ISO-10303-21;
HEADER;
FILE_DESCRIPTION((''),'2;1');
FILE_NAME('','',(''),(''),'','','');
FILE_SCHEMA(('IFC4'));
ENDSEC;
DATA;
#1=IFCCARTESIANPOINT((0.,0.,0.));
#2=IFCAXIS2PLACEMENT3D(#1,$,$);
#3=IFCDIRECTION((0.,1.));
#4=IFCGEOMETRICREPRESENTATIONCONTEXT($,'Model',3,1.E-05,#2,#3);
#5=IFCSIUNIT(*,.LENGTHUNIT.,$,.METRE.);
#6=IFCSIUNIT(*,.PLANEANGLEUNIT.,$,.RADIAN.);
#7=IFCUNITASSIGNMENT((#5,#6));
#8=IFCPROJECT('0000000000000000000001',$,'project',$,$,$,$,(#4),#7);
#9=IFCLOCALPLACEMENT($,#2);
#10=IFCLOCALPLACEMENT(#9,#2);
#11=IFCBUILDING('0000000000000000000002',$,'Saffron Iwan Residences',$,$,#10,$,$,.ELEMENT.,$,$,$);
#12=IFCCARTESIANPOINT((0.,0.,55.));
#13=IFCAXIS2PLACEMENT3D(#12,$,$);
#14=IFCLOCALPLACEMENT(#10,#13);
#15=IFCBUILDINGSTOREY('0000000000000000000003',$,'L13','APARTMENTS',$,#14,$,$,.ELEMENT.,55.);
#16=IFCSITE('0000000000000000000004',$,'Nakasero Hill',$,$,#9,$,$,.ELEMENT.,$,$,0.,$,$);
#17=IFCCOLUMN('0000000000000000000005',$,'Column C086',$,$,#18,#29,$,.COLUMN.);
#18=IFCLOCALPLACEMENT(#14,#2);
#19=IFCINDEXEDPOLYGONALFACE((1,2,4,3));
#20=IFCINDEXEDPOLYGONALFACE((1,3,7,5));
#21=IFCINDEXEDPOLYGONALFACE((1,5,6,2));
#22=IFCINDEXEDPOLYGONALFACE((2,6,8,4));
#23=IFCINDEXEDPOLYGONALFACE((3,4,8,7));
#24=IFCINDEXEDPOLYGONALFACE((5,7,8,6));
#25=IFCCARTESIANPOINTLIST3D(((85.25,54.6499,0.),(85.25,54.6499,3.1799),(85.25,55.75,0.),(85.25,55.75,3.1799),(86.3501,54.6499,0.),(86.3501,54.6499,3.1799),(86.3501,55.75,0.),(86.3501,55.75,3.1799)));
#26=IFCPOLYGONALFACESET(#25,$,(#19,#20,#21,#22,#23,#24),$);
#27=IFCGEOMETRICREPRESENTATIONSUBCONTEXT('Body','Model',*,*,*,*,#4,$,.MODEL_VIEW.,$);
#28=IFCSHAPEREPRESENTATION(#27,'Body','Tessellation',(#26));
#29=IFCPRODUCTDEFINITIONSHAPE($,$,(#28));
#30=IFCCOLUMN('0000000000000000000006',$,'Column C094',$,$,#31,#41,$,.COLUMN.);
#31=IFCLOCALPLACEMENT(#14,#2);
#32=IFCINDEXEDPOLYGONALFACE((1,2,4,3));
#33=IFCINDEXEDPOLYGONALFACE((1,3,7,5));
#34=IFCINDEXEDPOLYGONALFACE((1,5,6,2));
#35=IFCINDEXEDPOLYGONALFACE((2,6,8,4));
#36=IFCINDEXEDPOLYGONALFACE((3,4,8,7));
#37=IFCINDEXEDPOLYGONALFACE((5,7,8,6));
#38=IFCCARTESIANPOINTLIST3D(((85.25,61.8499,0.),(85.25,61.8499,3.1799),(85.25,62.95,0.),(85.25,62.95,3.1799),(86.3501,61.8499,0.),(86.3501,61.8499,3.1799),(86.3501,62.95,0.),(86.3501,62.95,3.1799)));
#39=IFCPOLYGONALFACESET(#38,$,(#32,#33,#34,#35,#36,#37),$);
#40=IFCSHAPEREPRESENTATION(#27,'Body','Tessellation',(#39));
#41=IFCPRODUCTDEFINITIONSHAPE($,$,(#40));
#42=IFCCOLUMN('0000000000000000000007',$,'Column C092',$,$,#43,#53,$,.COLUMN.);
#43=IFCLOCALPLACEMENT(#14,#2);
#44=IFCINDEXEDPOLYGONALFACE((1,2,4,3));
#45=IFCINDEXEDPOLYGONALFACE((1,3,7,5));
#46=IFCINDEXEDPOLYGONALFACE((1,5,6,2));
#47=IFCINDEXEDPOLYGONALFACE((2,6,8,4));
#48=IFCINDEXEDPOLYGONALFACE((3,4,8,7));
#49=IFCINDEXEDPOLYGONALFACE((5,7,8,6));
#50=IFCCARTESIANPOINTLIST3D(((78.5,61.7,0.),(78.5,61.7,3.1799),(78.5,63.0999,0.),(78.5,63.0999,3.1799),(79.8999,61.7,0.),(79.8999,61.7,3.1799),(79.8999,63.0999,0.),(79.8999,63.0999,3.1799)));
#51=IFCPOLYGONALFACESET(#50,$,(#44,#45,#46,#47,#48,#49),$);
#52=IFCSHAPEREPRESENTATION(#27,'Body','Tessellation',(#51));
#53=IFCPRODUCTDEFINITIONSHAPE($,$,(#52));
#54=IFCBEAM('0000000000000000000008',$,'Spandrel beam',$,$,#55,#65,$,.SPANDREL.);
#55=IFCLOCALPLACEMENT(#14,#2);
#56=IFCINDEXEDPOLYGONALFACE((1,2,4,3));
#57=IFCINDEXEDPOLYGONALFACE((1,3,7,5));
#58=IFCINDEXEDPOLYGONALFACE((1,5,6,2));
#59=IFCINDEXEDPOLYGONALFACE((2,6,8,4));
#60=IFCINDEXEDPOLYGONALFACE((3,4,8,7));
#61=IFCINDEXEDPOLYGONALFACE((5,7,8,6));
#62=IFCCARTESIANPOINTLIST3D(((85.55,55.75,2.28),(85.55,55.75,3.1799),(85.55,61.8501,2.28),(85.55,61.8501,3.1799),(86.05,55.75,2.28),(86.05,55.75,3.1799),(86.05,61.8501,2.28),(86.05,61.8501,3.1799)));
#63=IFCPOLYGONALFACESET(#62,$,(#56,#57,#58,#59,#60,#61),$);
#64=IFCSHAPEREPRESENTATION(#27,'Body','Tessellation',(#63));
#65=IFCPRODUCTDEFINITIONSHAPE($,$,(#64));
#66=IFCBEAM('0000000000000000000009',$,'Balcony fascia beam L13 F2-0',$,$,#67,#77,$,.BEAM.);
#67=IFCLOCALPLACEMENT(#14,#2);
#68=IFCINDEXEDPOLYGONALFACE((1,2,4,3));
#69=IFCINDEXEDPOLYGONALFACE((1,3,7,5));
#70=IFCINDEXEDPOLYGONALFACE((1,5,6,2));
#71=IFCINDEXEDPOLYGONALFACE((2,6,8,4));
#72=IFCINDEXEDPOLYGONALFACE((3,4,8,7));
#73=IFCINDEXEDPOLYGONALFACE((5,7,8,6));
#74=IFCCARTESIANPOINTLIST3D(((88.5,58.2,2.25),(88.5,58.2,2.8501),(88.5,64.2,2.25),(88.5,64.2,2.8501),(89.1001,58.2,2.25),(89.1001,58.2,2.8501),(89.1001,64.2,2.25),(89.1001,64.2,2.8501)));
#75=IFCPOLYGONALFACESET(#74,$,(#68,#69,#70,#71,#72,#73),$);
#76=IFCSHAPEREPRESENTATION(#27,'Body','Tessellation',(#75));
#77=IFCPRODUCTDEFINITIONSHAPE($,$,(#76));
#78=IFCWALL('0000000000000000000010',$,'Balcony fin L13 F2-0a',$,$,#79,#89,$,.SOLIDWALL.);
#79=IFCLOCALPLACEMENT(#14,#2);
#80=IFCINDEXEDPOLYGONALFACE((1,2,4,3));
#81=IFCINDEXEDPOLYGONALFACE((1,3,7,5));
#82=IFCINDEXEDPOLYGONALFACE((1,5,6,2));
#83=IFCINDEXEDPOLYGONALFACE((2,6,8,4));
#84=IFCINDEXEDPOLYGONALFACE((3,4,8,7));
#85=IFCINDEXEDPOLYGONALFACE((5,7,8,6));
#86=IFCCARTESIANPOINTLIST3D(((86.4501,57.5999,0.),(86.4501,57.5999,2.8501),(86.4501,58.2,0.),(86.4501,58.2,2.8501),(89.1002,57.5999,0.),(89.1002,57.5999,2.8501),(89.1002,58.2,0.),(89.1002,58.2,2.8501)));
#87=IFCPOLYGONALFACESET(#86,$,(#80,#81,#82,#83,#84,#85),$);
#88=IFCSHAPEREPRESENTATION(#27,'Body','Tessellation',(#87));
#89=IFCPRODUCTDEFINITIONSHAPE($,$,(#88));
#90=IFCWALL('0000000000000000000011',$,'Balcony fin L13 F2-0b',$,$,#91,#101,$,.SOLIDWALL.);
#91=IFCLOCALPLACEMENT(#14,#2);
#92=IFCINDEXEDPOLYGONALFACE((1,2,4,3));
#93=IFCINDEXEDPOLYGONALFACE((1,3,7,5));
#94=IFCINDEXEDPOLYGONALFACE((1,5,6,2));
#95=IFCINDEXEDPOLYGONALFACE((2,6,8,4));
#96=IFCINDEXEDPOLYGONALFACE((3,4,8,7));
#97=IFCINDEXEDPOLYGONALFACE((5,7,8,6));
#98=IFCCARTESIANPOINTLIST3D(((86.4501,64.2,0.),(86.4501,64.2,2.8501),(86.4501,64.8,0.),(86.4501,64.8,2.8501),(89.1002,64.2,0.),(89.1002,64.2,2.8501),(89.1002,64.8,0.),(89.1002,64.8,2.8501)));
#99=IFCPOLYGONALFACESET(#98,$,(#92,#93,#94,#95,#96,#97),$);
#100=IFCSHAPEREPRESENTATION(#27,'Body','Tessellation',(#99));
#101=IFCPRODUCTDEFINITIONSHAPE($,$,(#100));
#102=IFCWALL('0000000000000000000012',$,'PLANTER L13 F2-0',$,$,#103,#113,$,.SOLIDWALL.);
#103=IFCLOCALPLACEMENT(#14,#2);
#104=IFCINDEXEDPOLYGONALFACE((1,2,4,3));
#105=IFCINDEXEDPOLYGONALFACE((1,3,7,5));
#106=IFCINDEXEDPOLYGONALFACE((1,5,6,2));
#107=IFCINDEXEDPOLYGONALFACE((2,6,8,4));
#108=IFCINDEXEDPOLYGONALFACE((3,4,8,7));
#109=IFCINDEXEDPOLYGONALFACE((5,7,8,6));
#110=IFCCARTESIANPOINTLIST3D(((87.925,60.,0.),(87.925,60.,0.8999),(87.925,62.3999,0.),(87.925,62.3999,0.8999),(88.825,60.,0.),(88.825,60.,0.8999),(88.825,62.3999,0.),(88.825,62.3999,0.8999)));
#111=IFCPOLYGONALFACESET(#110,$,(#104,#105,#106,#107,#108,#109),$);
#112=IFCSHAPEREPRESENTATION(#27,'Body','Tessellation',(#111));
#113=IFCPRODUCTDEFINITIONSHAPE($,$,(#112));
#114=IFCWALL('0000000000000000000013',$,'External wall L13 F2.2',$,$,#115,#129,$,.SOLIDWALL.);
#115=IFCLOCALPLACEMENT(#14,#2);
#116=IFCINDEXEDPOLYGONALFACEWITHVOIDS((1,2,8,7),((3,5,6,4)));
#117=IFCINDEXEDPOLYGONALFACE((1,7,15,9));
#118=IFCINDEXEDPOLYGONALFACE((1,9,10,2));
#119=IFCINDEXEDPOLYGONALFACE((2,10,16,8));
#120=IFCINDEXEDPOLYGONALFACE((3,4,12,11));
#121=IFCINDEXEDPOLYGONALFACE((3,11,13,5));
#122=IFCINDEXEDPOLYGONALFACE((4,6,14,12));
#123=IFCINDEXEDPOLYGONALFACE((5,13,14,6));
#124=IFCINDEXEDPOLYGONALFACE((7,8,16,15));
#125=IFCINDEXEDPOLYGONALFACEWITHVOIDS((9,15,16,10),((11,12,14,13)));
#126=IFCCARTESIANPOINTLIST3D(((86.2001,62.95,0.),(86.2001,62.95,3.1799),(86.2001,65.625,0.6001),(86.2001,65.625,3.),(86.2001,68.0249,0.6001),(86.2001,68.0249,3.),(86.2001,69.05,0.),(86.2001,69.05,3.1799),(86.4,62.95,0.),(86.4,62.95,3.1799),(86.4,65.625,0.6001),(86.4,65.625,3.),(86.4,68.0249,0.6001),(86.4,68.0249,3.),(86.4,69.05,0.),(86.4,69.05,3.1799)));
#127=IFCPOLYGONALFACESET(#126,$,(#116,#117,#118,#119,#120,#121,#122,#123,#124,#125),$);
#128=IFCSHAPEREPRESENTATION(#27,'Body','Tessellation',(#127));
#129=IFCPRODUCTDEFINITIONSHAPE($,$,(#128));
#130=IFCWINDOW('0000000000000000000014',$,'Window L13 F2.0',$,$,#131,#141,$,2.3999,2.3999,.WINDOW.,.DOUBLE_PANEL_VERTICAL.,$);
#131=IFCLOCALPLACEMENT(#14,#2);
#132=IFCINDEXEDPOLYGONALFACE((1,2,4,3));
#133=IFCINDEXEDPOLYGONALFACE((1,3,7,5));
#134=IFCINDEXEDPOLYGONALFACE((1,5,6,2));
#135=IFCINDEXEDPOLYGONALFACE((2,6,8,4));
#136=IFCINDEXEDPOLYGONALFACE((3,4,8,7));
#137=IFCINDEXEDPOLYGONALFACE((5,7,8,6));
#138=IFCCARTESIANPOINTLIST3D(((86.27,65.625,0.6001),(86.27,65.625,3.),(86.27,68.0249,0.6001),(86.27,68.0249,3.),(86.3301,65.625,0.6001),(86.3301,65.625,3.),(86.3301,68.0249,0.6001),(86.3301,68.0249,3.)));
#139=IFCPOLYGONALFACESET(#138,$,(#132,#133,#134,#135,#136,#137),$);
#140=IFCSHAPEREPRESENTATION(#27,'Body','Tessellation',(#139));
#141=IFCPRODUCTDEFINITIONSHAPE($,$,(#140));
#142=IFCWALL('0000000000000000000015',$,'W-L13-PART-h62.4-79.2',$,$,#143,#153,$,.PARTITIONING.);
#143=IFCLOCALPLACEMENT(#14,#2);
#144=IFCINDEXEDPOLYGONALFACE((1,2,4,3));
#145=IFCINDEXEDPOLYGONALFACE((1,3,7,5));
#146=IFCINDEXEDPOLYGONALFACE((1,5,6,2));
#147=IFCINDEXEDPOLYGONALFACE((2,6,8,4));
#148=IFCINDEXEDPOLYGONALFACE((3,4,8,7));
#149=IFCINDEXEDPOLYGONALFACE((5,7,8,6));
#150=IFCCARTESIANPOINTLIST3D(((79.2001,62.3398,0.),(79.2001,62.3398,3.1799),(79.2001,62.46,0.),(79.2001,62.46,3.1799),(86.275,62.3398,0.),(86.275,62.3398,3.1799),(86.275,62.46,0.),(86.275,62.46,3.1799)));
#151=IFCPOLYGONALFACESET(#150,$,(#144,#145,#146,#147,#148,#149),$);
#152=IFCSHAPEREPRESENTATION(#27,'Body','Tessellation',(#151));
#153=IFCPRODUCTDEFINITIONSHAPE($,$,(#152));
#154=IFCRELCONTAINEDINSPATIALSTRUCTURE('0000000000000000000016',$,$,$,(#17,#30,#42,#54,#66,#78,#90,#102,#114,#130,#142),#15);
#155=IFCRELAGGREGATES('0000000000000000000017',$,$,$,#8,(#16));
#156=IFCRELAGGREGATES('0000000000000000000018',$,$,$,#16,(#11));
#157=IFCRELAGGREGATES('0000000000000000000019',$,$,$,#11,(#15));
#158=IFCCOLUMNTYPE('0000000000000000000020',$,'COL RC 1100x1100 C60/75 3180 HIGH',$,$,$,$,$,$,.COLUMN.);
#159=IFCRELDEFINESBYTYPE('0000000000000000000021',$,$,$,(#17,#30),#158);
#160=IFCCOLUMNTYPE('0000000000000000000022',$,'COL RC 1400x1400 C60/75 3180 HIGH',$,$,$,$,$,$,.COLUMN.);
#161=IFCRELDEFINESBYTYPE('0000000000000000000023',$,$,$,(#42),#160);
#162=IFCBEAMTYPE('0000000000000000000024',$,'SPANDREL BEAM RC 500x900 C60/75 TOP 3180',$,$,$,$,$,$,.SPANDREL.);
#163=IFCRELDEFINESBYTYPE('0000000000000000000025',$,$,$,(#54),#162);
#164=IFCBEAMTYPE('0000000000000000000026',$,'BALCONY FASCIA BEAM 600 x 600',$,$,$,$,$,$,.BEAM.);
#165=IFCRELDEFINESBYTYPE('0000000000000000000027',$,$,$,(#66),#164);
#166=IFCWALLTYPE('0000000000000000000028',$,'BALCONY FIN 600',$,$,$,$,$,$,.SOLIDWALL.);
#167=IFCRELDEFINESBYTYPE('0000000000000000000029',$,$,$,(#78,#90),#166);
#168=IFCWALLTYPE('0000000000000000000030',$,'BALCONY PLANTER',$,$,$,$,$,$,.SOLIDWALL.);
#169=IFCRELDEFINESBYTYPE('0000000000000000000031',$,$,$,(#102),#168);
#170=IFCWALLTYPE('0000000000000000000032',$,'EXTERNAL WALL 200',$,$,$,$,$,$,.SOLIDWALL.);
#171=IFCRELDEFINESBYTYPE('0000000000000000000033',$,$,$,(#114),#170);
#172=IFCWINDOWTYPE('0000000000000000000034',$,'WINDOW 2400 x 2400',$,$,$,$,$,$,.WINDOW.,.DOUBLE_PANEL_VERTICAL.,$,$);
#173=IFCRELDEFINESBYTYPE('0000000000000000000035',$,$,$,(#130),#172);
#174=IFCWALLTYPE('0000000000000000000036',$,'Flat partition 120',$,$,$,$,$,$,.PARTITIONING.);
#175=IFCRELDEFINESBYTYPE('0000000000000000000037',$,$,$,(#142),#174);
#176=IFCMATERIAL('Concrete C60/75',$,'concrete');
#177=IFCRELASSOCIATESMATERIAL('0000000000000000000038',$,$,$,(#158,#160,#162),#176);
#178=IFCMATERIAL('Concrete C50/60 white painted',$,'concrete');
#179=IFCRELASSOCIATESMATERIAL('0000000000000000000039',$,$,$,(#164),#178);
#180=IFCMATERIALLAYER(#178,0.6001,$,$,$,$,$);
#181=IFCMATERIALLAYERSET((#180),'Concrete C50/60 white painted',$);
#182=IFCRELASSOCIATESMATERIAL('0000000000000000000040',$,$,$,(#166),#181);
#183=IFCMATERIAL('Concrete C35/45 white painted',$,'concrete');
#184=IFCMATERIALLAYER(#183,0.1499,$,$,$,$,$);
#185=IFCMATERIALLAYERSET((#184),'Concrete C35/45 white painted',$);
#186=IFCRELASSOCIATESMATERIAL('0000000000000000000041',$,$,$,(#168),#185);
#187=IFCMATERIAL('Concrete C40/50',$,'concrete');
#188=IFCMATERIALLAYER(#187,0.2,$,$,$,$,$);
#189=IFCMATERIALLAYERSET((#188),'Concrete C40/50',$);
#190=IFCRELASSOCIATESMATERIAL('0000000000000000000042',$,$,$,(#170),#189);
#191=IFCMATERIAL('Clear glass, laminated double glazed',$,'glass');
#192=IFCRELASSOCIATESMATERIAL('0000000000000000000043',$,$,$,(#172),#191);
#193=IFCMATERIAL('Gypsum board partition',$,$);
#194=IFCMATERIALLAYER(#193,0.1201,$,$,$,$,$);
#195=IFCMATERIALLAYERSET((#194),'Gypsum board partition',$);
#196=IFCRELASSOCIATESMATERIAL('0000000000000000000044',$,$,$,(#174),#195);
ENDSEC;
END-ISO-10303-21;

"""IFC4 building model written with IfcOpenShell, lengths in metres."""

from ifc_helpers import new_model, si_unit, direction, frame, frame_2d, origin, origin_2d, place, context, subcontext, project, spatial, rectangle, extrude, source, transform, mapped, material, layer, layer_set, material_profile, profile_set, type_object, element, fill, save


model = new_model("IFC4")

# Units and contexts
model_context = context("Model", 3, precision=1e-05, world=origin(), true_north=direction((0.0, 1.0)))
body_context = subcontext(model_context, "Body", "Model", "MODEL_VIEW")
ifc_project = project(units=[si_unit("LENGTHUNIT", "METRE"), si_unit("PLANEANGLEUNIT", "RADIAN")], contexts=[model_context])

# Site, building, storey
site_placement = place(None, origin())
site = spatial("IfcSite", under=ifc_project, at=site_placement, Name="Nakasero Hill", CompositionType="ELEMENT", RefElevation=0.0)
building_placement = place(site_placement, origin())
building = spatial("IfcBuilding", under=site, at=building_placement, Name="Saffron Iwan Residences", CompositionType="ELEMENT")
storey_placement = place(building_placement, frame((0.0, 0.0, 55.0)))
storey = spatial("IfcBuildingStorey", under=building, at=storey_placement, Name="L13", Description="APARTMENTS", CompositionType="ELEMENT", Elevation=55.0)

# Columns
ifc_material_1 = material(Name="Concrete C60/75", Category="concrete")
ifc_material_profile_1 = material_profile(ifc_material_1, rectangle(XDim=1.1001, YDim=1.1001, at=origin_2d()), Name="RC 1100x1100")
ifc_profile_set_1 = profile_set([ifc_material_profile_1], Name="Concrete C60/75")
column_type_1 = type_object("IfcColumnType", Name="COL RC 1100x1100 C60/75 3180 HIGH", PredefinedType="COLUMN", material=ifc_profile_set_1)
shared_shape_1 = source(origin(), body_context, "Body", "SweptSolid", [
    extrude(rectangle(XDim=1.1001, YDim=1.1001, at=origin_2d()), origin(), (0.0, 0.0, 1.0), 3.1799),
])
for number, where, z_axis, x_axis, name in (
    (1, (85.8, 55.2, 0.0), (0.0, 0.0, 1.0), (1.0, 0.0, 0.0), "Column C086"),
    (2, (85.8, 62.3999, 0.0), (0.0, 0.0, 1.0), (1.0, 0.0, 0.0), "Column C094"),
):
    element("IfcColumn", number, at=place(storey_placement, frame(where, z_axis=z_axis, x_axis=x_axis)), inside=storey, type_object=column_type_1, Name=name, PredefinedType="COLUMN", context=body_context, shape_type="MappedRepresentation", body=[
        mapped(shared_shape_1, transform((0.0, 0.0, 0.0))),
    ])
ifc_material_profile_2 = material_profile(ifc_material_1, rectangle(XDim=1.3999, YDim=1.3999, at=origin_2d()), Name="RC 1400x1400")
ifc_profile_set_2 = profile_set([ifc_material_profile_2], Name="Concrete C60/75")
column_type_2 = type_object("IfcColumnType", Name="COL RC 1400x1400 C60/75 3180 HIGH", PredefinedType="COLUMN", material=ifc_profile_set_2)
shared_shape_2 = source(origin(), body_context, "Body", "SweptSolid", [
    extrude(rectangle(XDim=1.3999, YDim=1.3999, at=origin_2d()), origin(), (0.0, 0.0, 1.0), 3.1799),
])
column_placement = place(storey_placement, frame((79.2, 62.3999, 0.0), z_axis=(0.0, 0.0, 1.0), x_axis=(1.0, 0.0, 0.0)))
element("IfcColumn", 3, at=column_placement, inside=storey, type_object=column_type_2, Name="Column C092", PredefinedType="COLUMN", context=body_context, shape_type="MappedRepresentation", body=[
    mapped(shared_shape_2, transform((0.0, 0.0, 0.0))),
])

# Beams
ifc_material_profile_3 = material_profile(ifc_material_1, rectangle(XDim=0.5, YDim=0.8999, at=origin_2d()), Name="RC 500x900")
ifc_profile_set_3 = profile_set([ifc_material_profile_3], Name="Concrete C60/75")
beam_type_1 = type_object("IfcBeamType", Name="SPANDREL BEAM RC 500x900 C60/75 TOP 3180", PredefinedType="SPANDREL", material=ifc_profile_set_3)
shared_shape_3 = source(origin(), body_context, "Body", "SweptSolid", [
    extrude(rectangle(XDim=0.5, YDim=0.8999, at=origin_2d()), origin(), (0.0, 0.0, 1.0), 6.1001),
])
beam_1_placement = place(storey_placement, frame((85.8, 61.8501, 2.73), z_axis=(0.0, -1.0, 0.0), x_axis=(1.0, 0.0, 0.0)))
element("IfcBeam", 4, at=beam_1_placement, inside=storey, type_object=beam_type_1, Name="Spandrel beam", PredefinedType="SPANDREL", context=body_context, shape_type="MappedRepresentation", body=[
    mapped(shared_shape_3, transform((0.0, 0.0, 0.0))),
])
ifc_material_2 = material(Name="Concrete C50/60 white painted", Category="concrete")
ifc_material_profile_4 = material_profile(ifc_material_2, rectangle(XDim=0.6001, YDim=0.6001, at=origin_2d()), Name="BALCONY FASCIA BEAM 600 x 600")
ifc_profile_set_4 = profile_set([ifc_material_profile_4], Name="Concrete C50/60 white painted")
beam_type_2 = type_object("IfcBeamType", Name="BALCONY FASCIA BEAM 600 x 600", PredefinedType="BEAM", material=ifc_profile_set_4)
shared_shape_4 = source(origin(), body_context, "Body", "SweptSolid", [
    extrude(rectangle(XDim=0.6001, YDim=0.6001, at=origin_2d()), origin(), (0.0, 0.0, 1.0), 6.0),
])
beam_2_placement = place(storey_placement, frame((88.8, 58.2, 2.55), z_axis=(0.0, 1.0, 0.0), x_axis=(-1.0, 0.0, 0.0)))
element("IfcBeam", 5, at=beam_2_placement, inside=storey, type_object=beam_type_2, Name="Balcony fascia beam L13 F2-0", PredefinedType="BEAM", context=body_context, shape_type="MappedRepresentation", body=[
    mapped(shared_shape_4, transform((0.0, 0.0, 0.0))),
])

# Walls
ifc_layer_1 = layer(ifc_material_2, 0.6001)
ifc_layer_set_1 = layer_set([ifc_layer_1], Name="Concrete C50/60 white painted")
wall_type_1 = type_object("IfcWallType", Name="BALCONY FIN 600", PredefinedType="SOLIDWALL", material=ifc_layer_set_1)
for number, where, z_axis, x_axis, name in (
    (6, (86.45, 57.8999, 0.0), (0.0, 0.0, 1.0), (1.0, 0.0, 0.0), "Balcony fin L13 F2-0a"),
    (7, (86.45, 64.5, 0.0), (0.0, 0.0, 1.0), (1.0, 0.0, 0.0), "Balcony fin L13 F2-0b"),
):
    element("IfcWall", number, at=place(storey_placement, frame(where, z_axis=z_axis, x_axis=x_axis)), inside=storey, type_object=wall_type_1, Name=name, PredefinedType="SOLIDWALL", context=body_context, shape_type="SweptSolid", body=[
        extrude(rectangle(XDim=2.6501, YDim=0.6001, at=frame_2d((1.3252, 0.0))), origin(), (0.0, 0.0, 1.0), 2.8501),
    ])
ifc_material_3 = material(Name="Concrete C35/45 white painted", Category="concrete")
ifc_layer_2 = layer(ifc_material_3, 0.1499)
ifc_layer_set_2 = layer_set([ifc_layer_2], Name="Concrete C35/45 white painted")
wall_type_2 = type_object("IfcWallType", Name="BALCONY PLANTER", PredefinedType="SOLIDWALL", material=ifc_layer_set_2)
wall_1_placement = place(storey_placement, frame((88.375, 60.0, 0.0), z_axis=(0.0, 0.0, 1.0), x_axis=(0.0, 1.0, 0.0)))
element("IfcWall", 8, at=wall_1_placement, inside=storey, type_object=wall_type_2, Name="PLANTER L13 F2-0", PredefinedType="SOLIDWALL", context=body_context, shape_type="SweptSolid", body=[
    extrude(rectangle(XDim=2.3999, YDim=0.8999, at=frame_2d((1.2, 0.0))), origin(), (0.0, 0.0, 1.0), 0.8999),
])

# Shared definitions
ifc_material_4 = material(Name="Concrete C40/50", Category="concrete")
ifc_layer_3 = layer(ifc_material_4, 0.2)
ifc_layer_set_3 = layer_set([ifc_layer_3], Name="Concrete C40/50")
wall_type_3 = type_object("IfcWallType", Name="EXTERNAL WALL 200", PredefinedType="SOLIDWALL", material=ifc_layer_set_3)
ifc_material_5 = material(Name="Clear glass, laminated double glazed", Category="glass")

# Wall, opening, window
wall_2_placement = place(storey_placement, frame((86.3, 62.95, 0.0), z_axis=(0.0, 0.0, 1.0), x_axis=(0.0, 1.0, 0.0)))
wall_2 = element("IfcWall", 9, at=wall_2_placement, inside=storey, type_object=wall_type_3, Name="External wall L13 F2.2", PredefinedType="SOLIDWALL", context=body_context, shape_type="SweptSolid", body=[
    extrude(rectangle(XDim=6.1001, YDim=0.2, at=frame_2d((3.05, 0.0))), origin(), (0.0, 0.0, 1.0), 3.1799),
])
opening_1_placement = place(wall_2_placement, frame((2.675, 0.0, 0.6001)))
opening_1 = element("IfcOpeningElement", 10, at=opening_1_placement, cuts=wall_2, PredefinedType="OPENING", context=body_context, shape_type="SweptSolid", body=[
    extrude(rectangle(XDim=2.3999, YDim=2.3999, at=frame_2d((1.2, 1.2))), frame((0.0, 0.1099, 0.0), z_axis=(0.0, -1.0, 0.0), x_axis=(1.0, 0.0, 0.0)), (0.0, 0.0, 1.0), 0.22),
])
window_type_1 = type_object("IfcWindowType", Name="WINDOW 2400 x 2400", PartitioningType="DOUBLE_PANEL_VERTICAL", PredefinedType="WINDOW", material=ifc_material_5)
window_1_placement = place(opening_1_placement, origin())
window_1 = element("IfcWindow", 11, at=window_1_placement, inside=storey, type_object=window_type_1, Name="Window L13 F2.0", OverallHeight=2.3999, OverallWidth=2.3999, PartitioningType="DOUBLE_PANEL_VERTICAL", PredefinedType="WINDOW", context=body_context, shape_type="SweptSolid", body=[
    extrude(rectangle(XDim=2.3999, YDim=2.3999, at=frame_2d((1.2, 1.2))), frame((0.0, 0.03, 0.0), z_axis=(0.0, -1.0, 0.0), x_axis=(1.0, 0.0, 0.0)), (0.0, 0.0, 1.0), 0.0601),
])
fill(opening_1, window_1)

# Wall
ifc_material_6 = material(Name="Gypsum board partition")
ifc_layer_4 = layer(ifc_material_6, 0.1201)
ifc_layer_set_4 = layer_set([ifc_layer_4], Name="Gypsum board partition")
wall_type_4 = type_object("IfcWallType", Name="Flat partition 120", PredefinedType="PARTITIONING", material=ifc_layer_set_4)
wall_3_placement = place(storey_placement, frame((79.2, 62.3999, 0.0), z_axis=(0.0, 0.0, 1.0), x_axis=(1.0, 0.0, 0.0)))
element("IfcWall", 12, at=wall_3_placement, inside=storey, type_object=wall_type_4, Name="W-L13-PART-h62.4-79.2", PredefinedType="PARTITIONING", context=body_context, shape_type="SweptSolid", body=[
    extrude(rectangle(XDim=7.075, YDim=0.1201, at=frame_2d((3.5376, 0.0))), origin(), (0.0, 0.0, 1.0), 3.1799),
])

save(model, "model.ifc")
